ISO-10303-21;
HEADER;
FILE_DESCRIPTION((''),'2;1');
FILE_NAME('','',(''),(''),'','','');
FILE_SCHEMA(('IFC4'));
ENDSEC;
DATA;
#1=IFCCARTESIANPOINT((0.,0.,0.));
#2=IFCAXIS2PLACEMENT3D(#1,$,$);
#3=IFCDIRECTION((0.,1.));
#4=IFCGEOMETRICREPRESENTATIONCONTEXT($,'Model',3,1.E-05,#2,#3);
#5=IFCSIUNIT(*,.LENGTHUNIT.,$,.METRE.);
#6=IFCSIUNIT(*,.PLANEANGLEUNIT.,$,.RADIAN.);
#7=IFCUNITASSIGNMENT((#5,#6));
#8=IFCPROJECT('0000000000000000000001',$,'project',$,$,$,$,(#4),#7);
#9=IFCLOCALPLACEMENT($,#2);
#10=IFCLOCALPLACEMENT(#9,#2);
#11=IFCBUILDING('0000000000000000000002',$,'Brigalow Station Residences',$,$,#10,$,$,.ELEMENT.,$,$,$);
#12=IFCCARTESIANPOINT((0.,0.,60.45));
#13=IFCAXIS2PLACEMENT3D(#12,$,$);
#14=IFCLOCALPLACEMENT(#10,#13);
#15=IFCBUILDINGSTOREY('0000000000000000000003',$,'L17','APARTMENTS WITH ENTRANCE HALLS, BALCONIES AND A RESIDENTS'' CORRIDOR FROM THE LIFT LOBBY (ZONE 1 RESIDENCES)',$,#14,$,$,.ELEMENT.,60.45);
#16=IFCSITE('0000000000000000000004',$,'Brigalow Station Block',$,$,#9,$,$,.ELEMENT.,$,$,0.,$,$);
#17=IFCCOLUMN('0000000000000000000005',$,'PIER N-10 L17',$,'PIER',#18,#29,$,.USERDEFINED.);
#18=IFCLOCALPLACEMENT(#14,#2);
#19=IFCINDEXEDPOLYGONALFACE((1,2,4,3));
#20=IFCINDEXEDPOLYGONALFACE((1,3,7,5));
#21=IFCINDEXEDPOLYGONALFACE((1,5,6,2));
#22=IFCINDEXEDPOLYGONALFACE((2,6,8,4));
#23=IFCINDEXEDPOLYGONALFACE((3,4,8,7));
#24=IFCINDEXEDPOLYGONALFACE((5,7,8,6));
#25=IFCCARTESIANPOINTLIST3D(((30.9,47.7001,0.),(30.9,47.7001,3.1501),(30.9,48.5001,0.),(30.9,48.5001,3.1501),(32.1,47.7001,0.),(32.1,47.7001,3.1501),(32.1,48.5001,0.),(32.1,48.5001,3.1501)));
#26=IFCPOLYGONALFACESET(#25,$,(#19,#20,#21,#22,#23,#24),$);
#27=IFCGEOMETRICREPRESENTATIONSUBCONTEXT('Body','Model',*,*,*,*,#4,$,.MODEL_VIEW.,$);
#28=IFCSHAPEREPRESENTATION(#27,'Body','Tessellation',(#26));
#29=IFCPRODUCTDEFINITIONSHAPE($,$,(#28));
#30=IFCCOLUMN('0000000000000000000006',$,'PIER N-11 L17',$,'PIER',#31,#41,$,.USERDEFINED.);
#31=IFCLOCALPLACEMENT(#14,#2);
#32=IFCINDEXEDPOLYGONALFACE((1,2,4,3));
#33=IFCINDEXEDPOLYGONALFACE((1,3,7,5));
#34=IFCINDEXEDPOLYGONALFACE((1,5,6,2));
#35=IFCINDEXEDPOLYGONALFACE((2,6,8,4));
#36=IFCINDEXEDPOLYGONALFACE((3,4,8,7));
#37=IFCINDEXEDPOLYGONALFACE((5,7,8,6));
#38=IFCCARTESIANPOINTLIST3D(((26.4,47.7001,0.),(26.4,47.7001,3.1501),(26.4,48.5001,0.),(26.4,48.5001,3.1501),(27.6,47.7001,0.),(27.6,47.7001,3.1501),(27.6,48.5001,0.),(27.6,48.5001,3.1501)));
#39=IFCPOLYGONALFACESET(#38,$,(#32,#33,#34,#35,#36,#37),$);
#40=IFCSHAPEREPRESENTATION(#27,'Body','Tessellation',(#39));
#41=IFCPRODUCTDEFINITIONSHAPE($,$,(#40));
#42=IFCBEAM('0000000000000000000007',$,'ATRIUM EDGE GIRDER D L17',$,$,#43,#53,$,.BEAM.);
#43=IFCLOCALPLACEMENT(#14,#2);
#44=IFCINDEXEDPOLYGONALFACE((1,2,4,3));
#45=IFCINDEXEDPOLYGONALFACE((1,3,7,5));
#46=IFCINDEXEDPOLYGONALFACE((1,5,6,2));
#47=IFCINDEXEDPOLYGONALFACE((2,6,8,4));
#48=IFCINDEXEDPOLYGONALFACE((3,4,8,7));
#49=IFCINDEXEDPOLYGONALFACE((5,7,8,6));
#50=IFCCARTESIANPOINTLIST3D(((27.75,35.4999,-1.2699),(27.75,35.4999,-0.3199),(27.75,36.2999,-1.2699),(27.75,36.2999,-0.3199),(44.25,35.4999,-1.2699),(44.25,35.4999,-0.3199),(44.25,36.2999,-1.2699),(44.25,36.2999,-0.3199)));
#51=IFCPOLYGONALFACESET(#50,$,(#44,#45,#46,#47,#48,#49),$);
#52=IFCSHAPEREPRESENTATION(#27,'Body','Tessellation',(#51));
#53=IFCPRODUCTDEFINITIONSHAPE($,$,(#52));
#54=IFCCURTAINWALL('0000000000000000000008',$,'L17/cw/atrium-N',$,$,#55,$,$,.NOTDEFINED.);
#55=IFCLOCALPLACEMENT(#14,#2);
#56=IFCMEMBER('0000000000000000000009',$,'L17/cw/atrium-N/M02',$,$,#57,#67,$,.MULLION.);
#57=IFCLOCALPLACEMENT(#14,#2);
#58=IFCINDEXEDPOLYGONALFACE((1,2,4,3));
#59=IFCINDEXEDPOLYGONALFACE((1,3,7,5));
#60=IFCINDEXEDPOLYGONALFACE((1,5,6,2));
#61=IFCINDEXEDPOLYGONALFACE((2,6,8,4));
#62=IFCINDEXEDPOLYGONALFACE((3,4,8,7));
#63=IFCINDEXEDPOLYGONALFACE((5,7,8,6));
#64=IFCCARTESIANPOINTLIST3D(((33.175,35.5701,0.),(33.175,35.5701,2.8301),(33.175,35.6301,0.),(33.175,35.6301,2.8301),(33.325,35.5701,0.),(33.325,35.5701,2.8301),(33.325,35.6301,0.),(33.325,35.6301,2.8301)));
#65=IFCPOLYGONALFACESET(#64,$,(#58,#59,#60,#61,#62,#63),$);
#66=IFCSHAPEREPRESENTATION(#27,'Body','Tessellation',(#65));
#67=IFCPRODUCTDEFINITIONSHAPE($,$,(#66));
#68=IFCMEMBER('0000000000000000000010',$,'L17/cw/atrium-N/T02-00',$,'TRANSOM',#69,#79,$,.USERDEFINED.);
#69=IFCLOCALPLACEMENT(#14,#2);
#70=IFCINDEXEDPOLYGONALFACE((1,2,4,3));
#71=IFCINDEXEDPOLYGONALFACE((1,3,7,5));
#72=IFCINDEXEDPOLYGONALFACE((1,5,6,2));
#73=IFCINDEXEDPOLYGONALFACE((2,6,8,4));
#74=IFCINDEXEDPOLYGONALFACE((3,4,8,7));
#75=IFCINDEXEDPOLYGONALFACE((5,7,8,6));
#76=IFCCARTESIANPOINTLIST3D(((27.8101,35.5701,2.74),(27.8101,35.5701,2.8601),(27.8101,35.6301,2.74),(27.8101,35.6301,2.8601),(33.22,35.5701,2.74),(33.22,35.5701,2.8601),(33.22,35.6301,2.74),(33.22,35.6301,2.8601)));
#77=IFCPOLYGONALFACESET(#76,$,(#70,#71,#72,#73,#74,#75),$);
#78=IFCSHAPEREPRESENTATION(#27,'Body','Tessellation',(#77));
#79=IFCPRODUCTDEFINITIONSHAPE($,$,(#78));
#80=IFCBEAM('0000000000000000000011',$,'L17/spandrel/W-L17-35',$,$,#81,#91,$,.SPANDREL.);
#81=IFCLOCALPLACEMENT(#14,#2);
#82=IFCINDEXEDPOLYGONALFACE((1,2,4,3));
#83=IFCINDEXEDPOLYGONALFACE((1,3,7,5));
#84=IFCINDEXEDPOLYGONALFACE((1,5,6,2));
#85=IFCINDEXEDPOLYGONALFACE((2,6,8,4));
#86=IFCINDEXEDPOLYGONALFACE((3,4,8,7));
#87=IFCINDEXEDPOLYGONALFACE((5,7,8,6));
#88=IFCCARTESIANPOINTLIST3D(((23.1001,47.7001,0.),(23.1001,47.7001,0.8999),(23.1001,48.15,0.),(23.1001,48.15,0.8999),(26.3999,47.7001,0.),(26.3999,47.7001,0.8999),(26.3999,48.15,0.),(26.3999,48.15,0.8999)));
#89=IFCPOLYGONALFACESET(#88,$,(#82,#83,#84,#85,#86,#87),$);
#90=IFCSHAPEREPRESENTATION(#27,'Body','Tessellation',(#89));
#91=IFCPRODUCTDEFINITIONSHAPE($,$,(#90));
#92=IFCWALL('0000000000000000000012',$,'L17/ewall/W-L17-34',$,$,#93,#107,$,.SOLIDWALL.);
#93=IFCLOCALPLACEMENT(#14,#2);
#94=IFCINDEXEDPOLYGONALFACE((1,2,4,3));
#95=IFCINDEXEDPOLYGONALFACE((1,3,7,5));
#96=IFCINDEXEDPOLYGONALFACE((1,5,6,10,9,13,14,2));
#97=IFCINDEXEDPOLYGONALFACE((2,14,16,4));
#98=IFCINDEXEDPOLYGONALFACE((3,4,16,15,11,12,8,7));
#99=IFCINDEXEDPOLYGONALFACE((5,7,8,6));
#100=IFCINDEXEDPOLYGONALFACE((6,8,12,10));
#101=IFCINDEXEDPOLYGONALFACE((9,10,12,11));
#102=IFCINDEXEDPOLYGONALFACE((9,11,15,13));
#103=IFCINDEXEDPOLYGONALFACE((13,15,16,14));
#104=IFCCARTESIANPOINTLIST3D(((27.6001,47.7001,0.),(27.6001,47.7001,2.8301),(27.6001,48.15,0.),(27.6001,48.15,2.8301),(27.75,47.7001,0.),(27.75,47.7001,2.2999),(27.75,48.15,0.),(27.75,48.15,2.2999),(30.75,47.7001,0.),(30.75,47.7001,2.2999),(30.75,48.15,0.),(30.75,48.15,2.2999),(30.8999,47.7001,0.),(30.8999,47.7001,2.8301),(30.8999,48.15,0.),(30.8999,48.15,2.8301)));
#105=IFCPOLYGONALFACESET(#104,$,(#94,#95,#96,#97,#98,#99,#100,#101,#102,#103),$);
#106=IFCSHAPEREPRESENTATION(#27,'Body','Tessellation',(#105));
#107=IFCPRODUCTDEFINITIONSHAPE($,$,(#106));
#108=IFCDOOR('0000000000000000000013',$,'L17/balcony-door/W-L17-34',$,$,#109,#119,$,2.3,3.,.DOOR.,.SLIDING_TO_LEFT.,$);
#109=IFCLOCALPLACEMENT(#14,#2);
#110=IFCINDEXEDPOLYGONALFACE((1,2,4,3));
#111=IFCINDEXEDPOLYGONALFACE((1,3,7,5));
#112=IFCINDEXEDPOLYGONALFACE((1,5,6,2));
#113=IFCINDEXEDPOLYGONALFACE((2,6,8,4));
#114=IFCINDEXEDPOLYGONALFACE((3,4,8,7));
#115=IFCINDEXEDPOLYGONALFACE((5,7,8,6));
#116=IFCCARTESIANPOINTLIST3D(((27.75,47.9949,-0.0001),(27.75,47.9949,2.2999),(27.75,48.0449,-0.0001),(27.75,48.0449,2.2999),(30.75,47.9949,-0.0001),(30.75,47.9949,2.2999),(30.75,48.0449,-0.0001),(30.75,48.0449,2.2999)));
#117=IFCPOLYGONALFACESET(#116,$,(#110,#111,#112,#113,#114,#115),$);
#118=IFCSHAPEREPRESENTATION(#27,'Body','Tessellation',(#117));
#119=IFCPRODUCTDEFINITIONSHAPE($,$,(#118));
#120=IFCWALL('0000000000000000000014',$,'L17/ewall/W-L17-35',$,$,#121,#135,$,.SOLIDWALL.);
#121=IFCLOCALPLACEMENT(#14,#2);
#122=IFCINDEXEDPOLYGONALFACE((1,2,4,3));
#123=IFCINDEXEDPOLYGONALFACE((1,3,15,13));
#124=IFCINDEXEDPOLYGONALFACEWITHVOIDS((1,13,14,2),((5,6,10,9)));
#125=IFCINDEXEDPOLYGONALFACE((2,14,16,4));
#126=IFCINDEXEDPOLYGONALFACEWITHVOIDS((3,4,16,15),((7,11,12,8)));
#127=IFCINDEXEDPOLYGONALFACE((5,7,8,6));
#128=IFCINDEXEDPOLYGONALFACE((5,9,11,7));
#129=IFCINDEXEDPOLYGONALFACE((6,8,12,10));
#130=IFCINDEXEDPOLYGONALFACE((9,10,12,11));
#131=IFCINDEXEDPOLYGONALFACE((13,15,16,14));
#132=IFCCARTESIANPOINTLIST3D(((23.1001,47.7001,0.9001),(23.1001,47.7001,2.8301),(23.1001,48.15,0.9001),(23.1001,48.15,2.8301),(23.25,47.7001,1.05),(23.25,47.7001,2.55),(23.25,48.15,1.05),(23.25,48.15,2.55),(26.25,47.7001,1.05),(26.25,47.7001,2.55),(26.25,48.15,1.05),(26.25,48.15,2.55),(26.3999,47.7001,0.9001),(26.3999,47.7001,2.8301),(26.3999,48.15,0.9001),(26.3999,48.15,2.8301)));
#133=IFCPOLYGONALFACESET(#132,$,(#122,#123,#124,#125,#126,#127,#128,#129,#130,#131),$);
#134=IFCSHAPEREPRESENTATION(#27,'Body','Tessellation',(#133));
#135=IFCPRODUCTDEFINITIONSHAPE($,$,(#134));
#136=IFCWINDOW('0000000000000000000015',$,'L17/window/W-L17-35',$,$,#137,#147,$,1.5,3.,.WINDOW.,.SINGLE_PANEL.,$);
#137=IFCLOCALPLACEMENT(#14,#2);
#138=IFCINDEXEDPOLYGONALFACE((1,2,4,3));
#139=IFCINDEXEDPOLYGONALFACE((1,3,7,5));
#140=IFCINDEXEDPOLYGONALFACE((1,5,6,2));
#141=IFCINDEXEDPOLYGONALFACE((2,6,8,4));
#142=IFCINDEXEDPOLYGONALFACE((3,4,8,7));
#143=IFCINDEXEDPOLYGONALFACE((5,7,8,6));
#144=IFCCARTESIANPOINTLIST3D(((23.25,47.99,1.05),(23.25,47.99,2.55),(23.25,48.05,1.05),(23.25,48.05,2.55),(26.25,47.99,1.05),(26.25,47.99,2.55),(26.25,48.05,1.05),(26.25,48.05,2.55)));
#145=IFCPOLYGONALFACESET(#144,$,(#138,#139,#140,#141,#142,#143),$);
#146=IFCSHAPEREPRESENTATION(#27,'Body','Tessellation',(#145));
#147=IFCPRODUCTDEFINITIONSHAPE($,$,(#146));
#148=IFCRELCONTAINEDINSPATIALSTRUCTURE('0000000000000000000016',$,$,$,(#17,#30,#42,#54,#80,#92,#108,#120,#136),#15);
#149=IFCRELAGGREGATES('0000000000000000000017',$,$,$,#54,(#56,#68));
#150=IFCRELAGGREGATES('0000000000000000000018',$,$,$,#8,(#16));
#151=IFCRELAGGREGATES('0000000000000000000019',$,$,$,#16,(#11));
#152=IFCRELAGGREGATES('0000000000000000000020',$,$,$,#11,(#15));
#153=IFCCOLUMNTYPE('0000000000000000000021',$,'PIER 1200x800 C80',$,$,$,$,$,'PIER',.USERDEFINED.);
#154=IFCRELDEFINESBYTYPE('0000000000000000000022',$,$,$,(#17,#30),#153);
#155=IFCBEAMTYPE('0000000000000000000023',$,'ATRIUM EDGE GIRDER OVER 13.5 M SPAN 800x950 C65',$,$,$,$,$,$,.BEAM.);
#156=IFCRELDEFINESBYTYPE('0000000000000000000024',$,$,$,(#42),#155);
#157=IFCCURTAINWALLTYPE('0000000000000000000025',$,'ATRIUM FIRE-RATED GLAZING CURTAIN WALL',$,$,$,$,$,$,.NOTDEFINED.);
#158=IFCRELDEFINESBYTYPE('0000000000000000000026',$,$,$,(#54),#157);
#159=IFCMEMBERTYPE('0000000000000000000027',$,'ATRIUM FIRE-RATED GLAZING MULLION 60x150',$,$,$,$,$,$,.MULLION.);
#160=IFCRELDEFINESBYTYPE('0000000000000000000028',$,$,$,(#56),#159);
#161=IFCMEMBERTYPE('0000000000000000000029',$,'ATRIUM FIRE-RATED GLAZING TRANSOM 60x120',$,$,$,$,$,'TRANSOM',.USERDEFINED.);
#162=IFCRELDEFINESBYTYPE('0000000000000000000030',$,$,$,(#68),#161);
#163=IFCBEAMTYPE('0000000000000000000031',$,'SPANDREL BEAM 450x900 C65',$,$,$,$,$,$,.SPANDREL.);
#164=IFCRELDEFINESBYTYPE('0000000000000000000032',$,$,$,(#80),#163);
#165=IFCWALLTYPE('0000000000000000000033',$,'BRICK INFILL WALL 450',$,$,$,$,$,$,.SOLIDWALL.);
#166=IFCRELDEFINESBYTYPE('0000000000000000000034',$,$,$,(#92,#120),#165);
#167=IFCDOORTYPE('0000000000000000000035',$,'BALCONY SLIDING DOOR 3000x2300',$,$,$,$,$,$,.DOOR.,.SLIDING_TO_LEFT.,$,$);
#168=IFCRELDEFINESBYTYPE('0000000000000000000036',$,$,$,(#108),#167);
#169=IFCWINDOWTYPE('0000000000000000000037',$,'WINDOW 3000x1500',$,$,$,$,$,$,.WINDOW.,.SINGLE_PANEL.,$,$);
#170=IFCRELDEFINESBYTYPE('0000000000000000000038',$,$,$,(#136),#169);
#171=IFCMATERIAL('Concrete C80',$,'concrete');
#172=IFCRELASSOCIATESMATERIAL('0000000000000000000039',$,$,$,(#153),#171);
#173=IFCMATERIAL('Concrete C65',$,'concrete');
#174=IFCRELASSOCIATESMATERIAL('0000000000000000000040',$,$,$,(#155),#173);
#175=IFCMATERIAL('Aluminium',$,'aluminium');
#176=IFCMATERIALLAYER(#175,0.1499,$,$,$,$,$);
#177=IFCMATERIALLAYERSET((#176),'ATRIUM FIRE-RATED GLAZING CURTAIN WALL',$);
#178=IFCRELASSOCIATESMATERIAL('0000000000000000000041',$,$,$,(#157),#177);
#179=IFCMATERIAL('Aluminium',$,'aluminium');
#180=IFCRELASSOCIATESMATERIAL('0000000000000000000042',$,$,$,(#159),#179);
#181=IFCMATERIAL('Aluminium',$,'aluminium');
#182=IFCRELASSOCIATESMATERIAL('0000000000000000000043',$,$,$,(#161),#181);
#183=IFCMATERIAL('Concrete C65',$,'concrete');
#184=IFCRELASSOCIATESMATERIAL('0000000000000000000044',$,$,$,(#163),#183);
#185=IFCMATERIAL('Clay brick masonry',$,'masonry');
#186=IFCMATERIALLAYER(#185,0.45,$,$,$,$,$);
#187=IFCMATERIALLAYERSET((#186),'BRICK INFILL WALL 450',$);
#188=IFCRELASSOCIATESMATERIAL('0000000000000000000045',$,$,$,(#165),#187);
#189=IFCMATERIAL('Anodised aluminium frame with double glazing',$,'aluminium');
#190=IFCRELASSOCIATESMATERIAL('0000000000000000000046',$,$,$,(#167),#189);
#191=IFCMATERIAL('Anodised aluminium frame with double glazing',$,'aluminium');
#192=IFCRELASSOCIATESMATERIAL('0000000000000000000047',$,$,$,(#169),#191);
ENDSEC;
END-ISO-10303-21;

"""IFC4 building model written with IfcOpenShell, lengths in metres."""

from ifc_helpers import new_model, si_unit, direction, frame, frame_2d, origin, origin_2d, place, context, subcontext, project, spatial, rectangle, extrude, material, layer, layer_set, material_profile, profile_set, type_object, element, fill, aggregate, save


model = new_model("IFC4")

# Units and contexts
model_context = context("Model", 3, precision=1e-05, world=origin(), true_north=direction((0.0, 1.0)))
body_context = subcontext(model_context, "Body", "Model", "MODEL_VIEW")
ifc_project = project(units=[si_unit("LENGTHUNIT", "METRE"), si_unit("PLANEANGLEUNIT", "RADIAN")], contexts=[model_context])

# Site, building, storey
site_placement = place(None, origin())
site = spatial("IfcSite", under=ifc_project, at=site_placement, Name="Brigalow Station Block", CompositionType="ELEMENT", RefElevation=0.0)
building_placement = place(site_placement, origin())
building = spatial("IfcBuilding", under=site, at=building_placement, Name="Brigalow Station Residences", CompositionType="ELEMENT")
storey_placement = place(building_placement, frame((0.0, 0.0, 60.45)))
storey = spatial("IfcBuildingStorey", under=building, at=storey_placement, Name="L17", Description="APARTMENTS WITH ENTRANCE HALLS, BALCONIES AND A RESIDENTS' CORRIDOR FROM THE LIFT LOBBY (ZONE 1 RESIDENCES)", CompositionType="ELEMENT", Elevation=60.45)

# Columns
ifc_material_1 = material(Name="Concrete C80", Category="concrete")
ifc_material_profile_1 = material_profile(ifc_material_1, rectangle(XDim=1.2, YDim=0.8, at=origin_2d()), Name="RC1200x800")
ifc_profile_set_1 = profile_set([ifc_material_profile_1], Name="Concrete C80")
column_type = type_object("IfcColumnType", Name="PIER 1200x800 C80", ElementType="PIER", PredefinedType="USERDEFINED", material=ifc_profile_set_1)
for number, where, z_axis, x_axis, name in (
    (1, (31.5, 48.1001, 0.0), (0.0, 0.0, 1.0), (-1.0, 0.0, 0.0), "PIER N-10 L17"),
    (2, (27.0, 48.1001, 0.0), (0.0, 0.0, 1.0), (-1.0, 0.0, 0.0), "PIER N-11 L17"),
):
    element("IfcColumn", number, at=place(storey_placement, frame(where, z_axis=z_axis, x_axis=x_axis)), inside=storey, type_object=column_type, Name=name, ObjectType="PIER", PredefinedType="USERDEFINED", context=body_context, shape_type="SweptSolid", body=[
        extrude(rectangle(XDim=1.2, YDim=0.8, at=origin_2d()), origin(), (0.0, 0.0, 1.0), 3.1501),
    ])

# Beam
ifc_material_2 = material(Name="Concrete C65", Category="concrete")
ifc_material_profile_2 = material_profile(ifc_material_2, rectangle(XDim=0.8, YDim=0.95, at=origin_2d()), Name="RC800x950")
ifc_profile_set_2 = profile_set([ifc_material_profile_2], Name="Concrete C65")
beam_type_1 = type_object("IfcBeamType", Name="ATRIUM EDGE GIRDER OVER 13.5 M SPAN 800x950 C65", PredefinedType="BEAM", material=ifc_profile_set_2)
beam_1_placement = place(storey_placement, frame((27.75, 35.8999, -0.7949), z_axis=(1.0, 0.0, 0.0), x_axis=(0.0, 1.0, 0.0)))
element("IfcBeam", 3, at=beam_1_placement, inside=storey, type_object=beam_type_1, Name="ATRIUM EDGE GIRDER D L17", PredefinedType="BEAM", context=body_context, shape_type="SweptSolid", body=[
    extrude(rectangle(XDim=0.8, YDim=0.95, at=origin_2d()), origin(), (0.0, 0.0, 1.0), 16.5),
])

# Curtain wall, members
ifc_material_3 = material(Name="Aluminium", Category="aluminium")
ifc_layer_1 = layer(ifc_material_3, 0.1499)
ifc_layer_set_1 = layer_set([ifc_layer_1], Name="ATRIUM FIRE-RATED GLAZING CURTAIN WALL")
curtain_wall_type = type_object("IfcCurtainWallType", Name="ATRIUM FIRE-RATED GLAZING CURTAIN WALL", PredefinedType="NOTDEFINED", material=ifc_layer_set_1)
curtain_wall_placement = place(storey_placement, origin())
curtain_wall = element("IfcCurtainWall", 4, at=curtain_wall_placement, inside=storey, type_object=curtain_wall_type, Name="L17/cw/atrium-N", PredefinedType="NOTDEFINED")
ifc_material_4 = material(Name="Aluminium", Category="aluminium")
ifc_material_profile_3 = material_profile(ifc_material_4, rectangle(XDim=0.0601, YDim=0.1499, at=origin_2d()), Name="ATRIUM FIRE-RATED GLAZING MULLION 60x150")
ifc_profile_set_3 = profile_set([ifc_material_profile_3], Name="Aluminium")
member_type_1 = type_object("IfcMemberType", Name="ATRIUM FIRE-RATED GLAZING MULLION 60x150", PredefinedType="MULLION", material=ifc_profile_set_3)
member_1_placement = place(storey_placement, frame((33.25, 35.6001, 0.0), z_axis=(0.0, 0.0, 1.0), x_axis=(0.0, -1.0, 0.0)))
member_1 = element("IfcMember", 5, at=member_1_placement, type_object=member_type_1, Name="L17/cw/atrium-N/M02", PredefinedType="MULLION", context=body_context, shape_type="SweptSolid", body=[
    extrude(rectangle(XDim=0.0601, YDim=0.1499, at=origin_2d()), origin(), (0.0, 0.0, 1.0), 2.8301),
])
ifc_material_5 = material(Name="Aluminium", Category="aluminium")
ifc_material_profile_4 = material_profile(ifc_material_5, rectangle(XDim=0.0601, YDim=0.1201, at=origin_2d()), Name="ATRIUM FIRE-RATED GLAZING TRANSOM 60x120")
ifc_profile_set_4 = profile_set([ifc_material_profile_4], Name="Aluminium")
member_type_2 = type_object("IfcMemberType", Name="ATRIUM FIRE-RATED GLAZING TRANSOM 60x120", ElementType="TRANSOM", PredefinedType="USERDEFINED", material=ifc_profile_set_4)
member_2_placement = place(storey_placement, frame((33.22, 35.6001, 2.8), z_axis=(-1.0, 0.0, 0.0), x_axis=(0.0, -1.0, 0.0)))
member_2 = element("IfcMember", 6, at=member_2_placement, type_object=member_type_2, Name="L17/cw/atrium-N/T02-00", ObjectType="TRANSOM", PredefinedType="USERDEFINED", context=body_context, shape_type="SweptSolid", body=[
    extrude(rectangle(XDim=0.0601, YDim=0.1201, at=origin_2d()), origin(), (0.0, 0.0, 1.0), 5.4099),
])
aggregate(curtain_wall, [member_1, member_2])

# Beam
ifc_material_6 = material(Name="Concrete C65", Category="concrete")
ifc_material_profile_5 = material_profile(ifc_material_6, rectangle(XDim=0.45, YDim=0.8999, at=origin_2d()), Name="RC450x900")
ifc_profile_set_5 = profile_set([ifc_material_profile_5], Name="Concrete C65")
beam_type_2 = type_object("IfcBeamType", Name="SPANDREL BEAM 450x900 C65", PredefinedType="SPANDREL", material=ifc_profile_set_5)
beam_2_placement = place(storey_placement, frame((26.3999, 47.925, 0.45), z_axis=(-1.0, 0.0, 0.0), x_axis=(0.0, -1.0, 0.0)))
element("IfcBeam", 7, at=beam_2_placement, inside=storey, type_object=beam_type_2, Name="L17/spandrel/W-L17-35", PredefinedType="SPANDREL", context=body_context, shape_type="SweptSolid", body=[
    extrude(rectangle(XDim=0.45, YDim=0.8999, at=origin_2d()), origin(), (0.0, 0.0, 1.0), 3.2998),
])

# Wall, opening, door
ifc_material_7 = material(Name="Clay brick masonry", Category="masonry")
ifc_layer_2 = layer(ifc_material_7, 0.45)
ifc_layer_set_2 = layer_set([ifc_layer_2], Name="BRICK INFILL WALL 450")
wall_type_1 = type_object("IfcWallType", Name="BRICK INFILL WALL 450", PredefinedType="SOLIDWALL", material=ifc_layer_set_2)
wall_1_placement = place(storey_placement, frame((30.8999, 47.925, 0.0), z_axis=(0.0, 0.0, 1.0), x_axis=(-1.0, 0.0, 0.0)))
wall_1 = element("IfcWall", 8, at=wall_1_placement, inside=storey, type_object=wall_type_1, Name="L17/ewall/W-L17-34", PredefinedType="SOLIDWALL", context=body_context, shape_type="SweptSolid", body=[
    extrude(rectangle(XDim=3.2998, YDim=0.45, at=frame_2d((1.6499, 0.0))), origin(), (0.0, 0.0, 1.0), 2.8301),
])
opening_1_placement = place(wall_1_placement, frame((0.1499, 0.0, 0.0)))
opening_1 = element("IfcOpeningElement", 9, at=opening_1_placement, cuts=wall_1, PredefinedType="OPENING", context=body_context, shape_type="SweptSolid", body=[
    extrude(rectangle(XDim=3.0, YDim=2.3, at=frame_2d((1.5, 1.1499))), frame((0.0, 0.2349, 0.0), z_axis=(0.0, -1.0, 0.0), x_axis=(1.0, 0.0, 0.0)), (0.0, 0.0, 1.0), 0.47),
])
ifc_material_8 = material(Name="Anodised aluminium frame with double glazing", Category="aluminium")
door_type_1 = type_object("IfcDoorType", Name="BALCONY SLIDING DOOR 3000x2300", OperationType="SLIDING_TO_LEFT", PredefinedType="DOOR", material=ifc_material_8)
door_1_placement = place(opening_1_placement, origin())
door_1 = element("IfcDoor", 10, at=door_1_placement, inside=storey, type_object=door_type_1, Name="L17/balcony-door/W-L17-34", OperationType="SLIDING_TO_LEFT", OverallHeight=2.3, OverallWidth=3.0, PredefinedType="DOOR", context=body_context, shape_type="SweptSolid", body=[
    extrude(rectangle(XDim=3.0, YDim=2.3, at=frame_2d((1.5, 1.1499))), frame((0.0, -0.0698, 0.0), z_axis=(0.0, -1.0, 0.0), x_axis=(1.0, 0.0, 0.0)), (0.0, 0.0, 1.0), 0.05),
])
fill(opening_1, door_1)

# Wall, opening, window
wall_2_placement = place(storey_placement, frame((26.3999, 47.925, 0.9001), z_axis=(0.0, 0.0, 1.0), x_axis=(-1.0, 0.0, 0.0)))
wall_2 = element("IfcWall", 11, at=wall_2_placement, inside=storey, type_object=wall_type_1, Name="L17/ewall/W-L17-35", PredefinedType="SOLIDWALL", context=body_context, shape_type="SweptSolid", body=[
    extrude(rectangle(XDim=3.2998, YDim=0.45, at=frame_2d((1.6499, 0.0))), origin(), (0.0, 0.0, 1.0), 1.9299),
])
opening_2_placement = place(wall_2_placement, frame((0.1499, 0.0, 0.1499)))
opening_2 = element("IfcOpeningElement", 12, at=opening_2_placement, cuts=wall_2, PredefinedType="OPENING", context=body_context, shape_type="SweptSolid", body=[
    extrude(rectangle(XDim=3.0, YDim=1.5, at=frame_2d((1.5, 0.75))), frame((0.0, 0.2349, 0.0), z_axis=(0.0, -1.0, 0.0), x_axis=(1.0, 0.0, 0.0)), (0.0, 0.0, 1.0), 0.47),
])
ifc_material_9 = material(Name="Anodised aluminium frame with double glazing", Category="aluminium")
window_type = type_object("IfcWindowType", Name="WINDOW 3000x1500", PartitioningType="SINGLE_PANEL", PredefinedType="WINDOW", material=ifc_material_9)
window_placement = place(opening_2_placement, origin())
window = element("IfcWindow", 13, at=window_placement, inside=storey, type_object=window_type, Name="L17/window/W-L17-35", OverallHeight=1.5, OverallWidth=3.0, PartitioningType="SINGLE_PANEL", PredefinedType="WINDOW", context=body_context, shape_type="SweptSolid", body=[
    extrude(rectangle(XDim=3.0, YDim=1.5, at=frame_2d((1.5, 0.75))), frame((0.0, -0.0649, 0.0), z_axis=(0.0, -1.0, 0.0), x_axis=(1.0, 0.0, 0.0)), (0.0, 0.0, 1.0), 0.0601),
])
fill(opening_2, window)

save(model, "model.ifc")
